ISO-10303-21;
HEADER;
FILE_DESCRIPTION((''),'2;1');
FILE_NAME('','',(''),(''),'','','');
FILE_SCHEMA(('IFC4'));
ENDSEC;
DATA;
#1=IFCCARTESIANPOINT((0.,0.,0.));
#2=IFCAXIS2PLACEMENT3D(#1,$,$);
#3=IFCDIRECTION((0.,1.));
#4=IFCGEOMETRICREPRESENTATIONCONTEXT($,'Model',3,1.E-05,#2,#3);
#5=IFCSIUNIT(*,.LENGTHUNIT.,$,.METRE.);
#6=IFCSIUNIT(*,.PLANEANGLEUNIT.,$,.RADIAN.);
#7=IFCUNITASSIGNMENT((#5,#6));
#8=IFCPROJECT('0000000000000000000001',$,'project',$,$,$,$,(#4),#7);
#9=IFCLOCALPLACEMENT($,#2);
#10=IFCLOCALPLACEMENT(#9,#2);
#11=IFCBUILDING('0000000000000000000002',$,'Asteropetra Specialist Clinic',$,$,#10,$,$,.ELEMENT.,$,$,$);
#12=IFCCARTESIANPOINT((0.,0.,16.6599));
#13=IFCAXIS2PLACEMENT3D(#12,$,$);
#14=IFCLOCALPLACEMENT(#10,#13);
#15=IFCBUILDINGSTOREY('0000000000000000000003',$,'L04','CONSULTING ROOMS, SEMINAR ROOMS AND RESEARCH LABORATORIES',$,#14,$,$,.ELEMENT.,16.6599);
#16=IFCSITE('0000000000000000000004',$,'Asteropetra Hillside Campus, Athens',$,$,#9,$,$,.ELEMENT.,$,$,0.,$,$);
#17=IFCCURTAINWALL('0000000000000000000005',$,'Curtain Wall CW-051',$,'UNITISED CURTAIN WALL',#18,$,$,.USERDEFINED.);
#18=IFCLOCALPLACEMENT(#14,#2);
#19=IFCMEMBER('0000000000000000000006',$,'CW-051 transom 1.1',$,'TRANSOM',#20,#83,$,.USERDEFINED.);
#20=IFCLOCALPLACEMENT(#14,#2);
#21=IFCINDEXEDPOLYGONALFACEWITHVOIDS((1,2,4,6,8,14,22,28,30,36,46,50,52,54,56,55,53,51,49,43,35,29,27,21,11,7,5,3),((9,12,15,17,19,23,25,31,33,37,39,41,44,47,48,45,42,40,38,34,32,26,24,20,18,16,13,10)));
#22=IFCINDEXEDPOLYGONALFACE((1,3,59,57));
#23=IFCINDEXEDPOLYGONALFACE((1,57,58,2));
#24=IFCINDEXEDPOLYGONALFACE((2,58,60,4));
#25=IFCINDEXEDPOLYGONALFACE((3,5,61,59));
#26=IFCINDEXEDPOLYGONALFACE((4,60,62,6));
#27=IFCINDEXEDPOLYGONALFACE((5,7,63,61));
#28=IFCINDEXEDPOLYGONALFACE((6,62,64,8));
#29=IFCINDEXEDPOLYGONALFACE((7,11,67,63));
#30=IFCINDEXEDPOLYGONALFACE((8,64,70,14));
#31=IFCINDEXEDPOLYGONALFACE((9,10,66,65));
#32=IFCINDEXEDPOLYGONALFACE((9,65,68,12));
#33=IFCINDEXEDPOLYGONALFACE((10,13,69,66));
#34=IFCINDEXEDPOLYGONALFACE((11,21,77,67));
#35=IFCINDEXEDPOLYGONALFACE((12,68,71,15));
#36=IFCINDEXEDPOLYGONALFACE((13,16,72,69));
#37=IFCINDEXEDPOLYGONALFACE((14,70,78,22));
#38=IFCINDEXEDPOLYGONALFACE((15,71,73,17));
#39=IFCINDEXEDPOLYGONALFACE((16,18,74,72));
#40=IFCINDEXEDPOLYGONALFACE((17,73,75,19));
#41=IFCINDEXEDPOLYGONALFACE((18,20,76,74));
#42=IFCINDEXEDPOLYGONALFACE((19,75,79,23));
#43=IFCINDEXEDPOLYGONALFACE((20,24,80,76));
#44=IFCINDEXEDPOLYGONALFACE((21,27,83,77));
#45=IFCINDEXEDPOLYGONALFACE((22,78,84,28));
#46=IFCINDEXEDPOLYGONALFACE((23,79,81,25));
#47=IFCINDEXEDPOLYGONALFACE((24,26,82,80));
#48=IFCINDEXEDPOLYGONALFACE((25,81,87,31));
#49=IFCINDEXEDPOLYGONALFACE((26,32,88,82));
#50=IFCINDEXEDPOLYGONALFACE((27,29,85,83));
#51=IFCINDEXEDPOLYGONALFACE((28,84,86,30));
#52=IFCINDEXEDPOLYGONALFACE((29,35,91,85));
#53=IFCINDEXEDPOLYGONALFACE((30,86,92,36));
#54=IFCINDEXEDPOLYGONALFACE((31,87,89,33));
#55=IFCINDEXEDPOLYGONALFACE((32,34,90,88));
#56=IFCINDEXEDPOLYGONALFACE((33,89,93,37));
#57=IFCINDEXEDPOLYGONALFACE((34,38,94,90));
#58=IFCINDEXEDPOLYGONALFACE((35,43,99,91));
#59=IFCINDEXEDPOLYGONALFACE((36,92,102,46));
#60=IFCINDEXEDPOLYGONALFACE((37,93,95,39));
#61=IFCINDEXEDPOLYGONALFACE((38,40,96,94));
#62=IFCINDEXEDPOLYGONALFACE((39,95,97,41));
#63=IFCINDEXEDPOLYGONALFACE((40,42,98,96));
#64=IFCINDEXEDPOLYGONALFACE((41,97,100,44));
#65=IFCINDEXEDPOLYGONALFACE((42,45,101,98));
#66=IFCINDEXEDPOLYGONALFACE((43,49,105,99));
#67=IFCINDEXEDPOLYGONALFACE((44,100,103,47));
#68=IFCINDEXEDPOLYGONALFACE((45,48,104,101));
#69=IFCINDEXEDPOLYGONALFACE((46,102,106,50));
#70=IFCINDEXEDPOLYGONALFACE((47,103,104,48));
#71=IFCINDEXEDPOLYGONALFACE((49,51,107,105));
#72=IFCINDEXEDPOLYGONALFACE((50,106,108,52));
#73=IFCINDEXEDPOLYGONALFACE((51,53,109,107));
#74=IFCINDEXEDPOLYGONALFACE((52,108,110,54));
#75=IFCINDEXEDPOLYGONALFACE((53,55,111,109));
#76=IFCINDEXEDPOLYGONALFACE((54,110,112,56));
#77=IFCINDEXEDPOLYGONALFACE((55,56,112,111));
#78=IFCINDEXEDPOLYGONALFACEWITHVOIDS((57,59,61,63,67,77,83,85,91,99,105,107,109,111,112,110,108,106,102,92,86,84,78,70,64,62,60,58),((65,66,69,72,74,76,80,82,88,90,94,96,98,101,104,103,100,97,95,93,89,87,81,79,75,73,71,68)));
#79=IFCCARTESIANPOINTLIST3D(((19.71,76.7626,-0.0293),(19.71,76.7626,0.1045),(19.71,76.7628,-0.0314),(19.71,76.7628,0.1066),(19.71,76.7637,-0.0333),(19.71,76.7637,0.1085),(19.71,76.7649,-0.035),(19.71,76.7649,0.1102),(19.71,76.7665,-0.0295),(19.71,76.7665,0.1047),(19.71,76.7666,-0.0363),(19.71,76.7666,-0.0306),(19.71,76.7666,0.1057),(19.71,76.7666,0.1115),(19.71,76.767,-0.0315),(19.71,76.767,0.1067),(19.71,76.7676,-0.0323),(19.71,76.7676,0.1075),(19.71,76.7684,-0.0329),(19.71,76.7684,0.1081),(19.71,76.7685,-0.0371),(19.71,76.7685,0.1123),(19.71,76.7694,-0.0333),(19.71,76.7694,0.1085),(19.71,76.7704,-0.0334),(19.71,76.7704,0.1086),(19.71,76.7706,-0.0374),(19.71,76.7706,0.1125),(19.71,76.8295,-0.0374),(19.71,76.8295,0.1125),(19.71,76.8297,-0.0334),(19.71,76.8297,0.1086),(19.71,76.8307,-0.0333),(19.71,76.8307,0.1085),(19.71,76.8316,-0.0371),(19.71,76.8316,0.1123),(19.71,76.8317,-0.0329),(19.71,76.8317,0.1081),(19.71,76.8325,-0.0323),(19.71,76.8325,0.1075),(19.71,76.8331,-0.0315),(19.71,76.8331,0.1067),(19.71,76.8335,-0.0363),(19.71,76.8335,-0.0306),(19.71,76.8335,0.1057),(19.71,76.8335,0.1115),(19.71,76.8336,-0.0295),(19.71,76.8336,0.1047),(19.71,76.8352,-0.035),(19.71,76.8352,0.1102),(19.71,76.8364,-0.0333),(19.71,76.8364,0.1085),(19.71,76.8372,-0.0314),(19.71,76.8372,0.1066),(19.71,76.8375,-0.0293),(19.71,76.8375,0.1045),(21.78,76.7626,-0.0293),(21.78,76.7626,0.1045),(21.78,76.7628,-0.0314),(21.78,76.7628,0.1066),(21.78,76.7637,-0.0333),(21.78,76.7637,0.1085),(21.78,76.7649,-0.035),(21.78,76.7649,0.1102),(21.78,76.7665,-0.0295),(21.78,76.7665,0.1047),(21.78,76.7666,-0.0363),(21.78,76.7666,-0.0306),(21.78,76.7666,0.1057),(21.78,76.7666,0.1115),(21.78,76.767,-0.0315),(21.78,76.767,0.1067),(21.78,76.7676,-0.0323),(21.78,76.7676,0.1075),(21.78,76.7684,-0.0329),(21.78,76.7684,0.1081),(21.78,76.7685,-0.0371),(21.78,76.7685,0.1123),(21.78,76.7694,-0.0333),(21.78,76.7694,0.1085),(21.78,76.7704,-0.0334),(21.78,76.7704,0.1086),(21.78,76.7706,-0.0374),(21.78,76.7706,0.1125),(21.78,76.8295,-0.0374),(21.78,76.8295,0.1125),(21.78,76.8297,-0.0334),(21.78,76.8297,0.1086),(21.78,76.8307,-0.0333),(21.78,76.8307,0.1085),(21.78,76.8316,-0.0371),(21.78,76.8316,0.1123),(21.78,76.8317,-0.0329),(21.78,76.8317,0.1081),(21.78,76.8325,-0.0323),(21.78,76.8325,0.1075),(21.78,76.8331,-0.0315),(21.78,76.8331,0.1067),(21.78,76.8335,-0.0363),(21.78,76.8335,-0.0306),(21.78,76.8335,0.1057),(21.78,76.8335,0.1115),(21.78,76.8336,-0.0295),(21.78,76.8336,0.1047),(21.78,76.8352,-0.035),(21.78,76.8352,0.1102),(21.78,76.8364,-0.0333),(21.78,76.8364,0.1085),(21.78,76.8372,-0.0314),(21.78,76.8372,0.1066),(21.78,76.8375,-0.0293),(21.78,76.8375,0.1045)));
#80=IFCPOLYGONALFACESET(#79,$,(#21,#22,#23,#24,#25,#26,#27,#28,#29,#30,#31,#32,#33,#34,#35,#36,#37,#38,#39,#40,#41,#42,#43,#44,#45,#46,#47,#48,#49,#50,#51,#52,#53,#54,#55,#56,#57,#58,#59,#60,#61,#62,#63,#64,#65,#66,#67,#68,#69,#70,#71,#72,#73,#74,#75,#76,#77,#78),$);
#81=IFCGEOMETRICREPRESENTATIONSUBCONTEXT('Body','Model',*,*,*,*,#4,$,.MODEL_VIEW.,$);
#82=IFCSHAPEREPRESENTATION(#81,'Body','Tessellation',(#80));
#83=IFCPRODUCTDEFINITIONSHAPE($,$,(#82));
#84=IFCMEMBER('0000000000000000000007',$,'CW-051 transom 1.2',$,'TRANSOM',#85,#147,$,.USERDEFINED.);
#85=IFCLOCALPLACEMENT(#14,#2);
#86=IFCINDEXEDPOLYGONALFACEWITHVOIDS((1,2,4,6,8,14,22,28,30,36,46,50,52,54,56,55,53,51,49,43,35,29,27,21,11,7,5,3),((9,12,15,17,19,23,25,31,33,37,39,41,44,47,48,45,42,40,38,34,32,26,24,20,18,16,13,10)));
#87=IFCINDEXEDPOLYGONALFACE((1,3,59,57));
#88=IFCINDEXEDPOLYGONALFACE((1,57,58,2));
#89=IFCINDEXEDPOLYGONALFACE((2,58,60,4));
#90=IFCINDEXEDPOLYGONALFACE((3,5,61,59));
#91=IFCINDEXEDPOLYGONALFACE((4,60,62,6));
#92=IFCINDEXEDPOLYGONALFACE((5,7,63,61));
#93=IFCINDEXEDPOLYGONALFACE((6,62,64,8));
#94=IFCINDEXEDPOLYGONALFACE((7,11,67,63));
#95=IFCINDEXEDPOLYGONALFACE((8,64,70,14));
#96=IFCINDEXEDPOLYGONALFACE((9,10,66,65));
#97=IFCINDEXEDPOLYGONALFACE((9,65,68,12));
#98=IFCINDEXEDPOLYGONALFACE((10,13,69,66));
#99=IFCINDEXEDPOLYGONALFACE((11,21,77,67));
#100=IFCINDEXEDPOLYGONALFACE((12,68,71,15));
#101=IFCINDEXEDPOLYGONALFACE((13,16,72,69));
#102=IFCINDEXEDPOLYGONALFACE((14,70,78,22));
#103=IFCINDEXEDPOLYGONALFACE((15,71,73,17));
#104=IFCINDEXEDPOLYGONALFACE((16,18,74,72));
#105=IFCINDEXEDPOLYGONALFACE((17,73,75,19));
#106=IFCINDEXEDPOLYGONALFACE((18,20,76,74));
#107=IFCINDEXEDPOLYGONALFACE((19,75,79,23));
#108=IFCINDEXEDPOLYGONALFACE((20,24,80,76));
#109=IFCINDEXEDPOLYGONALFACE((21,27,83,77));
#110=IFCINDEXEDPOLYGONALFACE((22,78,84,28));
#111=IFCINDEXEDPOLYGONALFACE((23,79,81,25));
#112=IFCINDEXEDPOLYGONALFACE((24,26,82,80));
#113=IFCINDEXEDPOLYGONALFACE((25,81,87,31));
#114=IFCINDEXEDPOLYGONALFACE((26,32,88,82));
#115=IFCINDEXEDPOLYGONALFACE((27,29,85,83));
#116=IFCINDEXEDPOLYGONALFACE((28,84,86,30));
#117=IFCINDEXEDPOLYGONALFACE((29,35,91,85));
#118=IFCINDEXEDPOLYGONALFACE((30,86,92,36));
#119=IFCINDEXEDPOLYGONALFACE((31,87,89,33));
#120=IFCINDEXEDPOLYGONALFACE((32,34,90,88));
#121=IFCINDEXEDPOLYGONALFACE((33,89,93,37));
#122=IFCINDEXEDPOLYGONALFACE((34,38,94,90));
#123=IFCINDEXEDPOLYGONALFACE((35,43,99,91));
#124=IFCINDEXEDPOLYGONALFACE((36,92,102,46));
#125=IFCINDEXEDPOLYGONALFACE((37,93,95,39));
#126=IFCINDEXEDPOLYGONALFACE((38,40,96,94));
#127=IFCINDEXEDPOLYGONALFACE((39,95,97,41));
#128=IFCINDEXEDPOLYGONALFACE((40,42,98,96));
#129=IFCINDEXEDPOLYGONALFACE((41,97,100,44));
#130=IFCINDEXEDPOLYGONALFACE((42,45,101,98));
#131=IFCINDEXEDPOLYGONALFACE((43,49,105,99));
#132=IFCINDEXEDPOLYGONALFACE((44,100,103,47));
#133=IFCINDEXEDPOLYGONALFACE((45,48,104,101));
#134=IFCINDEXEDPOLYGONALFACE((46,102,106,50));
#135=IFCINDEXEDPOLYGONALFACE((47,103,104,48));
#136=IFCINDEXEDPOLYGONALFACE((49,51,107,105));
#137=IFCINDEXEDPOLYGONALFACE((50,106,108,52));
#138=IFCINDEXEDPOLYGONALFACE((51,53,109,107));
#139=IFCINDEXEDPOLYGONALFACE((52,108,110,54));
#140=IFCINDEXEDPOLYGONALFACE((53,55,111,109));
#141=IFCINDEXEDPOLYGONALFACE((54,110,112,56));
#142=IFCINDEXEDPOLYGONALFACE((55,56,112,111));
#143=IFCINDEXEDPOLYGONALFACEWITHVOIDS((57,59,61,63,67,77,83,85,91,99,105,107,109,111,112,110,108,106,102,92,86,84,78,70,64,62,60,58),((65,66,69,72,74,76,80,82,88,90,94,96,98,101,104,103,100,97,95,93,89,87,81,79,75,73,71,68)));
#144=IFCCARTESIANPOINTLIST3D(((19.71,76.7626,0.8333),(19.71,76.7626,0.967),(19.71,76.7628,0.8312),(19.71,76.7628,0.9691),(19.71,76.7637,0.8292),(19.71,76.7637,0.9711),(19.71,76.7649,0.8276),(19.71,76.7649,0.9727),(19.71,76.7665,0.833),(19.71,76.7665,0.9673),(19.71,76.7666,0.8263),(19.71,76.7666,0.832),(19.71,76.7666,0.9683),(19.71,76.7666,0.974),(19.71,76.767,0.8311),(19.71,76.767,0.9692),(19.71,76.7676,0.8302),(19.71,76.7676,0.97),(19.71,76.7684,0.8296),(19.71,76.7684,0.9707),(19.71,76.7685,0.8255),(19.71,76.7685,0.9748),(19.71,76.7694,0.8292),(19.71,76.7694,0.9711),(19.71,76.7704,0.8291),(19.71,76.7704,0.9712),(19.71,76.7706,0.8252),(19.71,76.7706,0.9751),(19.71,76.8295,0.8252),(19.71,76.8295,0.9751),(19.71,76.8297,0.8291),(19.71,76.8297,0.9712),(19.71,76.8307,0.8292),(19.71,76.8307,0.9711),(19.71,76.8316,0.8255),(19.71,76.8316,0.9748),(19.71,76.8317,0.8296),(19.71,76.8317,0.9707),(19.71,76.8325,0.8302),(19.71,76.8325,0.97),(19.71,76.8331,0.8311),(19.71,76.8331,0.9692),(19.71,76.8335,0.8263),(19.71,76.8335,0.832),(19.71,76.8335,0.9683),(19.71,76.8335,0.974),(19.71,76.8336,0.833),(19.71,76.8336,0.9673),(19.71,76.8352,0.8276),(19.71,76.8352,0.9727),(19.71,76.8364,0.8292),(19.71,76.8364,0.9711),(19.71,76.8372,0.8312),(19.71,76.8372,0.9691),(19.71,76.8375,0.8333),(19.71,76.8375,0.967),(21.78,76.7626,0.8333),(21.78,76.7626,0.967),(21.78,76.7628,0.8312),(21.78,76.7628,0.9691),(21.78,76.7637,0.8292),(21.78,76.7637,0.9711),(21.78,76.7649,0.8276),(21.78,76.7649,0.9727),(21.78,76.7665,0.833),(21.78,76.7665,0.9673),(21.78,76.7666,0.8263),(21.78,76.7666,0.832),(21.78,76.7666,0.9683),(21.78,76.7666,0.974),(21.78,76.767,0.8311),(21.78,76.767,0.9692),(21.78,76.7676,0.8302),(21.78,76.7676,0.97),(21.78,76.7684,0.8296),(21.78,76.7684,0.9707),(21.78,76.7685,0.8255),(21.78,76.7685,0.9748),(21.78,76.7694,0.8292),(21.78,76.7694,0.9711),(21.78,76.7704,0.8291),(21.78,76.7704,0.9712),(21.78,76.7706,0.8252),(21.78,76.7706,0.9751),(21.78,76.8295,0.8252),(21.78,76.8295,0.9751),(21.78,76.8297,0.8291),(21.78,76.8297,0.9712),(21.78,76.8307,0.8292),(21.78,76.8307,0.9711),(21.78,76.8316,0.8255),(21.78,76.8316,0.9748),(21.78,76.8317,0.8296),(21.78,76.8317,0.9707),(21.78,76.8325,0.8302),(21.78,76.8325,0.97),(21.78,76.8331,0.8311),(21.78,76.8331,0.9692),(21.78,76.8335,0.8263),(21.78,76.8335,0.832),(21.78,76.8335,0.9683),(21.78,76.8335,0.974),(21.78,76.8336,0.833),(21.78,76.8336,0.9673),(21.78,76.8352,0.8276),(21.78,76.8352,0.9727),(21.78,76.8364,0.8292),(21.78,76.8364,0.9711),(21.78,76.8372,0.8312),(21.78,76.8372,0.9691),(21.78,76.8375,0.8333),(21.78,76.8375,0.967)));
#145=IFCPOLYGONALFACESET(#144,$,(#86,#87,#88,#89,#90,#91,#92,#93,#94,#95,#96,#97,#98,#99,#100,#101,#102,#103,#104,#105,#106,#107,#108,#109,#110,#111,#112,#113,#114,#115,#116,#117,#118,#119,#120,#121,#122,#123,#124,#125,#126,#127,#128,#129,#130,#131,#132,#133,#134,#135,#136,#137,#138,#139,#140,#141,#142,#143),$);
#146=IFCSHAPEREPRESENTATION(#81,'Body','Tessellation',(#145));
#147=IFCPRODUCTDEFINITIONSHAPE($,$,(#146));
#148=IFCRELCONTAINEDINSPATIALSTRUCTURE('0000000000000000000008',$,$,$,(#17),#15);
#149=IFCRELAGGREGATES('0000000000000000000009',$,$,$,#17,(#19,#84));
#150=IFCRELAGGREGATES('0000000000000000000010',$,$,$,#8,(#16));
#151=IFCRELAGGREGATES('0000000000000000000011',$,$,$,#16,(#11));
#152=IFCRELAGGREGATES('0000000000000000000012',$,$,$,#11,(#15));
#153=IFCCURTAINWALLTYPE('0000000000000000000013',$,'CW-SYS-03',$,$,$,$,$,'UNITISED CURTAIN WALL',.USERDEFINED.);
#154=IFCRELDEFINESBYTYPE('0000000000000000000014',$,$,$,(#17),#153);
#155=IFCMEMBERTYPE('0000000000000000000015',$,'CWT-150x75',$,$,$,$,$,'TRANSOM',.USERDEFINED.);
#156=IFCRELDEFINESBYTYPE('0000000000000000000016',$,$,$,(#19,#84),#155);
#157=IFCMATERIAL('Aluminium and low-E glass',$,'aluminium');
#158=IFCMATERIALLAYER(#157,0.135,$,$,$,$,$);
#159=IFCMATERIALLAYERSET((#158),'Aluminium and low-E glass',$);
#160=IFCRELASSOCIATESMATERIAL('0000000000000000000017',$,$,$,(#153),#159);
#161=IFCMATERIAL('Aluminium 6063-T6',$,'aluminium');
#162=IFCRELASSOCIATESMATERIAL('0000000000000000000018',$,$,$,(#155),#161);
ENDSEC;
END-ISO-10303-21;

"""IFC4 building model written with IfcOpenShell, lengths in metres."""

from ifc_helpers import new_model, si_unit, direction, frame, origin, origin_2d, place, context, subcontext, project, spatial, hollow_rectangle, extrude, material, layer, layer_set, material_profile, profile_set, type_object, element, aggregate, save


model = new_model("IFC4")

# Units and contexts
model_context = context("Model", 3, precision=1e-05, world=origin(), true_north=direction((0.0, 1.0)))
body_context = subcontext(model_context, "Body", "Model", "MODEL_VIEW")
ifc_project = project(units=[si_unit("LENGTHUNIT", "METRE"), si_unit("PLANEANGLEUNIT", "RADIAN")], contexts=[model_context])

# Site, building, storey
site_placement = place(None, origin())
site = spatial("IfcSite", under=ifc_project, at=site_placement, Name="Asteropetra Hillside Campus, Athens", CompositionType="ELEMENT", RefElevation=0.0)
building_placement = place(site_placement, origin())
building = spatial("IfcBuilding", under=site, at=building_placement, Name="Asteropetra Specialist Clinic", CompositionType="ELEMENT")
storey_placement = place(building_placement, frame((0.0, 0.0, 16.6599)))
storey = spatial("IfcBuildingStorey", under=building, at=storey_placement, Name="L04", Description="CONSULTING ROOMS, SEMINAR ROOMS AND RESEARCH LABORATORIES", CompositionType="ELEMENT", Elevation=16.6599)

# Curtain wall
ifc_material_1 = material(Name="Aluminium and low-E glass", Category="aluminium")
ifc_layer_1 = layer(ifc_material_1, 0.135)
ifc_layer_set_1 = layer_set([ifc_layer_1], Name="Aluminium and low-E glass")
curtain_wall_type_1 = type_object("IfcCurtainWallType", Name="CW-SYS-03", ElementType="UNITISED CURTAIN WALL", PredefinedType="USERDEFINED", material=ifc_layer_set_1)
curtain_wall_1_placement = place(storey_placement, origin())
curtain_wall_1 = element("IfcCurtainWall", 1, at=curtain_wall_1_placement, inside=storey, type_object=curtain_wall_type_1, Name="Curtain Wall CW-051", ObjectType="UNITISED CURTAIN WALL", PredefinedType="USERDEFINED")

# Members
ifc_material_2 = material(Name="Aluminium 6063-T6", Category="aluminium")
ifc_material_profile_1 = material_profile(ifc_material_2, hollow_rectangle(XDim=0.075, YDim=0.1499, WallThickness=0.0039, InnerFilletRadius=0.0039, OuterFilletRadius=0.0081, at=origin_2d()), Name="TRN 150x75x4.0")
ifc_profile_set_1 = profile_set([ifc_material_profile_1], Name="Aluminium 6063-T6")
member_type_1 = type_object("IfcMemberType", Name="CWT-150x75", ElementType="TRANSOM", PredefinedType="USERDEFINED", material=ifc_profile_set_1)
member_1_placement = place(storey_placement, frame((19.71, 76.8, 0.0376), z_axis=(1.0, 0.0, 0.0), x_axis=(0.0, 1.0, 0.0)))
member_1 = element("IfcMember", 2, at=member_1_placement, type_object=member_type_1, Name="CW-051 transom 1.1", ObjectType="TRANSOM", PredefinedType="USERDEFINED", context=body_context, shape_type="SweptSolid", body=[
    extrude(hollow_rectangle(XDim=0.075, YDim=0.1499, WallThickness=0.0039, InnerFilletRadius=0.0039, OuterFilletRadius=0.0081, at=origin_2d()), origin(), (0.0, 0.0, 1.0), 2.0701),
])
member_2_placement = place(storey_placement, frame((19.71, 76.8, 0.9001), z_axis=(1.0, 0.0, 0.0), x_axis=(0.0, 1.0, 0.0)))
member_2 = element("IfcMember", 3, at=member_2_placement, type_object=member_type_1, Name="CW-051 transom 1.2", ObjectType="TRANSOM", PredefinedType="USERDEFINED", context=body_context, shape_type="SweptSolid", body=[
    extrude(hollow_rectangle(XDim=0.075, YDim=0.1499, WallThickness=0.0039, InnerFilletRadius=0.0039, OuterFilletRadius=0.0081, at=origin_2d()), origin(), (0.0, 0.0, 1.0), 2.0701),
])

aggregate(curtain_wall_1, [member_1, member_2])

save(model, "model.ifc")
